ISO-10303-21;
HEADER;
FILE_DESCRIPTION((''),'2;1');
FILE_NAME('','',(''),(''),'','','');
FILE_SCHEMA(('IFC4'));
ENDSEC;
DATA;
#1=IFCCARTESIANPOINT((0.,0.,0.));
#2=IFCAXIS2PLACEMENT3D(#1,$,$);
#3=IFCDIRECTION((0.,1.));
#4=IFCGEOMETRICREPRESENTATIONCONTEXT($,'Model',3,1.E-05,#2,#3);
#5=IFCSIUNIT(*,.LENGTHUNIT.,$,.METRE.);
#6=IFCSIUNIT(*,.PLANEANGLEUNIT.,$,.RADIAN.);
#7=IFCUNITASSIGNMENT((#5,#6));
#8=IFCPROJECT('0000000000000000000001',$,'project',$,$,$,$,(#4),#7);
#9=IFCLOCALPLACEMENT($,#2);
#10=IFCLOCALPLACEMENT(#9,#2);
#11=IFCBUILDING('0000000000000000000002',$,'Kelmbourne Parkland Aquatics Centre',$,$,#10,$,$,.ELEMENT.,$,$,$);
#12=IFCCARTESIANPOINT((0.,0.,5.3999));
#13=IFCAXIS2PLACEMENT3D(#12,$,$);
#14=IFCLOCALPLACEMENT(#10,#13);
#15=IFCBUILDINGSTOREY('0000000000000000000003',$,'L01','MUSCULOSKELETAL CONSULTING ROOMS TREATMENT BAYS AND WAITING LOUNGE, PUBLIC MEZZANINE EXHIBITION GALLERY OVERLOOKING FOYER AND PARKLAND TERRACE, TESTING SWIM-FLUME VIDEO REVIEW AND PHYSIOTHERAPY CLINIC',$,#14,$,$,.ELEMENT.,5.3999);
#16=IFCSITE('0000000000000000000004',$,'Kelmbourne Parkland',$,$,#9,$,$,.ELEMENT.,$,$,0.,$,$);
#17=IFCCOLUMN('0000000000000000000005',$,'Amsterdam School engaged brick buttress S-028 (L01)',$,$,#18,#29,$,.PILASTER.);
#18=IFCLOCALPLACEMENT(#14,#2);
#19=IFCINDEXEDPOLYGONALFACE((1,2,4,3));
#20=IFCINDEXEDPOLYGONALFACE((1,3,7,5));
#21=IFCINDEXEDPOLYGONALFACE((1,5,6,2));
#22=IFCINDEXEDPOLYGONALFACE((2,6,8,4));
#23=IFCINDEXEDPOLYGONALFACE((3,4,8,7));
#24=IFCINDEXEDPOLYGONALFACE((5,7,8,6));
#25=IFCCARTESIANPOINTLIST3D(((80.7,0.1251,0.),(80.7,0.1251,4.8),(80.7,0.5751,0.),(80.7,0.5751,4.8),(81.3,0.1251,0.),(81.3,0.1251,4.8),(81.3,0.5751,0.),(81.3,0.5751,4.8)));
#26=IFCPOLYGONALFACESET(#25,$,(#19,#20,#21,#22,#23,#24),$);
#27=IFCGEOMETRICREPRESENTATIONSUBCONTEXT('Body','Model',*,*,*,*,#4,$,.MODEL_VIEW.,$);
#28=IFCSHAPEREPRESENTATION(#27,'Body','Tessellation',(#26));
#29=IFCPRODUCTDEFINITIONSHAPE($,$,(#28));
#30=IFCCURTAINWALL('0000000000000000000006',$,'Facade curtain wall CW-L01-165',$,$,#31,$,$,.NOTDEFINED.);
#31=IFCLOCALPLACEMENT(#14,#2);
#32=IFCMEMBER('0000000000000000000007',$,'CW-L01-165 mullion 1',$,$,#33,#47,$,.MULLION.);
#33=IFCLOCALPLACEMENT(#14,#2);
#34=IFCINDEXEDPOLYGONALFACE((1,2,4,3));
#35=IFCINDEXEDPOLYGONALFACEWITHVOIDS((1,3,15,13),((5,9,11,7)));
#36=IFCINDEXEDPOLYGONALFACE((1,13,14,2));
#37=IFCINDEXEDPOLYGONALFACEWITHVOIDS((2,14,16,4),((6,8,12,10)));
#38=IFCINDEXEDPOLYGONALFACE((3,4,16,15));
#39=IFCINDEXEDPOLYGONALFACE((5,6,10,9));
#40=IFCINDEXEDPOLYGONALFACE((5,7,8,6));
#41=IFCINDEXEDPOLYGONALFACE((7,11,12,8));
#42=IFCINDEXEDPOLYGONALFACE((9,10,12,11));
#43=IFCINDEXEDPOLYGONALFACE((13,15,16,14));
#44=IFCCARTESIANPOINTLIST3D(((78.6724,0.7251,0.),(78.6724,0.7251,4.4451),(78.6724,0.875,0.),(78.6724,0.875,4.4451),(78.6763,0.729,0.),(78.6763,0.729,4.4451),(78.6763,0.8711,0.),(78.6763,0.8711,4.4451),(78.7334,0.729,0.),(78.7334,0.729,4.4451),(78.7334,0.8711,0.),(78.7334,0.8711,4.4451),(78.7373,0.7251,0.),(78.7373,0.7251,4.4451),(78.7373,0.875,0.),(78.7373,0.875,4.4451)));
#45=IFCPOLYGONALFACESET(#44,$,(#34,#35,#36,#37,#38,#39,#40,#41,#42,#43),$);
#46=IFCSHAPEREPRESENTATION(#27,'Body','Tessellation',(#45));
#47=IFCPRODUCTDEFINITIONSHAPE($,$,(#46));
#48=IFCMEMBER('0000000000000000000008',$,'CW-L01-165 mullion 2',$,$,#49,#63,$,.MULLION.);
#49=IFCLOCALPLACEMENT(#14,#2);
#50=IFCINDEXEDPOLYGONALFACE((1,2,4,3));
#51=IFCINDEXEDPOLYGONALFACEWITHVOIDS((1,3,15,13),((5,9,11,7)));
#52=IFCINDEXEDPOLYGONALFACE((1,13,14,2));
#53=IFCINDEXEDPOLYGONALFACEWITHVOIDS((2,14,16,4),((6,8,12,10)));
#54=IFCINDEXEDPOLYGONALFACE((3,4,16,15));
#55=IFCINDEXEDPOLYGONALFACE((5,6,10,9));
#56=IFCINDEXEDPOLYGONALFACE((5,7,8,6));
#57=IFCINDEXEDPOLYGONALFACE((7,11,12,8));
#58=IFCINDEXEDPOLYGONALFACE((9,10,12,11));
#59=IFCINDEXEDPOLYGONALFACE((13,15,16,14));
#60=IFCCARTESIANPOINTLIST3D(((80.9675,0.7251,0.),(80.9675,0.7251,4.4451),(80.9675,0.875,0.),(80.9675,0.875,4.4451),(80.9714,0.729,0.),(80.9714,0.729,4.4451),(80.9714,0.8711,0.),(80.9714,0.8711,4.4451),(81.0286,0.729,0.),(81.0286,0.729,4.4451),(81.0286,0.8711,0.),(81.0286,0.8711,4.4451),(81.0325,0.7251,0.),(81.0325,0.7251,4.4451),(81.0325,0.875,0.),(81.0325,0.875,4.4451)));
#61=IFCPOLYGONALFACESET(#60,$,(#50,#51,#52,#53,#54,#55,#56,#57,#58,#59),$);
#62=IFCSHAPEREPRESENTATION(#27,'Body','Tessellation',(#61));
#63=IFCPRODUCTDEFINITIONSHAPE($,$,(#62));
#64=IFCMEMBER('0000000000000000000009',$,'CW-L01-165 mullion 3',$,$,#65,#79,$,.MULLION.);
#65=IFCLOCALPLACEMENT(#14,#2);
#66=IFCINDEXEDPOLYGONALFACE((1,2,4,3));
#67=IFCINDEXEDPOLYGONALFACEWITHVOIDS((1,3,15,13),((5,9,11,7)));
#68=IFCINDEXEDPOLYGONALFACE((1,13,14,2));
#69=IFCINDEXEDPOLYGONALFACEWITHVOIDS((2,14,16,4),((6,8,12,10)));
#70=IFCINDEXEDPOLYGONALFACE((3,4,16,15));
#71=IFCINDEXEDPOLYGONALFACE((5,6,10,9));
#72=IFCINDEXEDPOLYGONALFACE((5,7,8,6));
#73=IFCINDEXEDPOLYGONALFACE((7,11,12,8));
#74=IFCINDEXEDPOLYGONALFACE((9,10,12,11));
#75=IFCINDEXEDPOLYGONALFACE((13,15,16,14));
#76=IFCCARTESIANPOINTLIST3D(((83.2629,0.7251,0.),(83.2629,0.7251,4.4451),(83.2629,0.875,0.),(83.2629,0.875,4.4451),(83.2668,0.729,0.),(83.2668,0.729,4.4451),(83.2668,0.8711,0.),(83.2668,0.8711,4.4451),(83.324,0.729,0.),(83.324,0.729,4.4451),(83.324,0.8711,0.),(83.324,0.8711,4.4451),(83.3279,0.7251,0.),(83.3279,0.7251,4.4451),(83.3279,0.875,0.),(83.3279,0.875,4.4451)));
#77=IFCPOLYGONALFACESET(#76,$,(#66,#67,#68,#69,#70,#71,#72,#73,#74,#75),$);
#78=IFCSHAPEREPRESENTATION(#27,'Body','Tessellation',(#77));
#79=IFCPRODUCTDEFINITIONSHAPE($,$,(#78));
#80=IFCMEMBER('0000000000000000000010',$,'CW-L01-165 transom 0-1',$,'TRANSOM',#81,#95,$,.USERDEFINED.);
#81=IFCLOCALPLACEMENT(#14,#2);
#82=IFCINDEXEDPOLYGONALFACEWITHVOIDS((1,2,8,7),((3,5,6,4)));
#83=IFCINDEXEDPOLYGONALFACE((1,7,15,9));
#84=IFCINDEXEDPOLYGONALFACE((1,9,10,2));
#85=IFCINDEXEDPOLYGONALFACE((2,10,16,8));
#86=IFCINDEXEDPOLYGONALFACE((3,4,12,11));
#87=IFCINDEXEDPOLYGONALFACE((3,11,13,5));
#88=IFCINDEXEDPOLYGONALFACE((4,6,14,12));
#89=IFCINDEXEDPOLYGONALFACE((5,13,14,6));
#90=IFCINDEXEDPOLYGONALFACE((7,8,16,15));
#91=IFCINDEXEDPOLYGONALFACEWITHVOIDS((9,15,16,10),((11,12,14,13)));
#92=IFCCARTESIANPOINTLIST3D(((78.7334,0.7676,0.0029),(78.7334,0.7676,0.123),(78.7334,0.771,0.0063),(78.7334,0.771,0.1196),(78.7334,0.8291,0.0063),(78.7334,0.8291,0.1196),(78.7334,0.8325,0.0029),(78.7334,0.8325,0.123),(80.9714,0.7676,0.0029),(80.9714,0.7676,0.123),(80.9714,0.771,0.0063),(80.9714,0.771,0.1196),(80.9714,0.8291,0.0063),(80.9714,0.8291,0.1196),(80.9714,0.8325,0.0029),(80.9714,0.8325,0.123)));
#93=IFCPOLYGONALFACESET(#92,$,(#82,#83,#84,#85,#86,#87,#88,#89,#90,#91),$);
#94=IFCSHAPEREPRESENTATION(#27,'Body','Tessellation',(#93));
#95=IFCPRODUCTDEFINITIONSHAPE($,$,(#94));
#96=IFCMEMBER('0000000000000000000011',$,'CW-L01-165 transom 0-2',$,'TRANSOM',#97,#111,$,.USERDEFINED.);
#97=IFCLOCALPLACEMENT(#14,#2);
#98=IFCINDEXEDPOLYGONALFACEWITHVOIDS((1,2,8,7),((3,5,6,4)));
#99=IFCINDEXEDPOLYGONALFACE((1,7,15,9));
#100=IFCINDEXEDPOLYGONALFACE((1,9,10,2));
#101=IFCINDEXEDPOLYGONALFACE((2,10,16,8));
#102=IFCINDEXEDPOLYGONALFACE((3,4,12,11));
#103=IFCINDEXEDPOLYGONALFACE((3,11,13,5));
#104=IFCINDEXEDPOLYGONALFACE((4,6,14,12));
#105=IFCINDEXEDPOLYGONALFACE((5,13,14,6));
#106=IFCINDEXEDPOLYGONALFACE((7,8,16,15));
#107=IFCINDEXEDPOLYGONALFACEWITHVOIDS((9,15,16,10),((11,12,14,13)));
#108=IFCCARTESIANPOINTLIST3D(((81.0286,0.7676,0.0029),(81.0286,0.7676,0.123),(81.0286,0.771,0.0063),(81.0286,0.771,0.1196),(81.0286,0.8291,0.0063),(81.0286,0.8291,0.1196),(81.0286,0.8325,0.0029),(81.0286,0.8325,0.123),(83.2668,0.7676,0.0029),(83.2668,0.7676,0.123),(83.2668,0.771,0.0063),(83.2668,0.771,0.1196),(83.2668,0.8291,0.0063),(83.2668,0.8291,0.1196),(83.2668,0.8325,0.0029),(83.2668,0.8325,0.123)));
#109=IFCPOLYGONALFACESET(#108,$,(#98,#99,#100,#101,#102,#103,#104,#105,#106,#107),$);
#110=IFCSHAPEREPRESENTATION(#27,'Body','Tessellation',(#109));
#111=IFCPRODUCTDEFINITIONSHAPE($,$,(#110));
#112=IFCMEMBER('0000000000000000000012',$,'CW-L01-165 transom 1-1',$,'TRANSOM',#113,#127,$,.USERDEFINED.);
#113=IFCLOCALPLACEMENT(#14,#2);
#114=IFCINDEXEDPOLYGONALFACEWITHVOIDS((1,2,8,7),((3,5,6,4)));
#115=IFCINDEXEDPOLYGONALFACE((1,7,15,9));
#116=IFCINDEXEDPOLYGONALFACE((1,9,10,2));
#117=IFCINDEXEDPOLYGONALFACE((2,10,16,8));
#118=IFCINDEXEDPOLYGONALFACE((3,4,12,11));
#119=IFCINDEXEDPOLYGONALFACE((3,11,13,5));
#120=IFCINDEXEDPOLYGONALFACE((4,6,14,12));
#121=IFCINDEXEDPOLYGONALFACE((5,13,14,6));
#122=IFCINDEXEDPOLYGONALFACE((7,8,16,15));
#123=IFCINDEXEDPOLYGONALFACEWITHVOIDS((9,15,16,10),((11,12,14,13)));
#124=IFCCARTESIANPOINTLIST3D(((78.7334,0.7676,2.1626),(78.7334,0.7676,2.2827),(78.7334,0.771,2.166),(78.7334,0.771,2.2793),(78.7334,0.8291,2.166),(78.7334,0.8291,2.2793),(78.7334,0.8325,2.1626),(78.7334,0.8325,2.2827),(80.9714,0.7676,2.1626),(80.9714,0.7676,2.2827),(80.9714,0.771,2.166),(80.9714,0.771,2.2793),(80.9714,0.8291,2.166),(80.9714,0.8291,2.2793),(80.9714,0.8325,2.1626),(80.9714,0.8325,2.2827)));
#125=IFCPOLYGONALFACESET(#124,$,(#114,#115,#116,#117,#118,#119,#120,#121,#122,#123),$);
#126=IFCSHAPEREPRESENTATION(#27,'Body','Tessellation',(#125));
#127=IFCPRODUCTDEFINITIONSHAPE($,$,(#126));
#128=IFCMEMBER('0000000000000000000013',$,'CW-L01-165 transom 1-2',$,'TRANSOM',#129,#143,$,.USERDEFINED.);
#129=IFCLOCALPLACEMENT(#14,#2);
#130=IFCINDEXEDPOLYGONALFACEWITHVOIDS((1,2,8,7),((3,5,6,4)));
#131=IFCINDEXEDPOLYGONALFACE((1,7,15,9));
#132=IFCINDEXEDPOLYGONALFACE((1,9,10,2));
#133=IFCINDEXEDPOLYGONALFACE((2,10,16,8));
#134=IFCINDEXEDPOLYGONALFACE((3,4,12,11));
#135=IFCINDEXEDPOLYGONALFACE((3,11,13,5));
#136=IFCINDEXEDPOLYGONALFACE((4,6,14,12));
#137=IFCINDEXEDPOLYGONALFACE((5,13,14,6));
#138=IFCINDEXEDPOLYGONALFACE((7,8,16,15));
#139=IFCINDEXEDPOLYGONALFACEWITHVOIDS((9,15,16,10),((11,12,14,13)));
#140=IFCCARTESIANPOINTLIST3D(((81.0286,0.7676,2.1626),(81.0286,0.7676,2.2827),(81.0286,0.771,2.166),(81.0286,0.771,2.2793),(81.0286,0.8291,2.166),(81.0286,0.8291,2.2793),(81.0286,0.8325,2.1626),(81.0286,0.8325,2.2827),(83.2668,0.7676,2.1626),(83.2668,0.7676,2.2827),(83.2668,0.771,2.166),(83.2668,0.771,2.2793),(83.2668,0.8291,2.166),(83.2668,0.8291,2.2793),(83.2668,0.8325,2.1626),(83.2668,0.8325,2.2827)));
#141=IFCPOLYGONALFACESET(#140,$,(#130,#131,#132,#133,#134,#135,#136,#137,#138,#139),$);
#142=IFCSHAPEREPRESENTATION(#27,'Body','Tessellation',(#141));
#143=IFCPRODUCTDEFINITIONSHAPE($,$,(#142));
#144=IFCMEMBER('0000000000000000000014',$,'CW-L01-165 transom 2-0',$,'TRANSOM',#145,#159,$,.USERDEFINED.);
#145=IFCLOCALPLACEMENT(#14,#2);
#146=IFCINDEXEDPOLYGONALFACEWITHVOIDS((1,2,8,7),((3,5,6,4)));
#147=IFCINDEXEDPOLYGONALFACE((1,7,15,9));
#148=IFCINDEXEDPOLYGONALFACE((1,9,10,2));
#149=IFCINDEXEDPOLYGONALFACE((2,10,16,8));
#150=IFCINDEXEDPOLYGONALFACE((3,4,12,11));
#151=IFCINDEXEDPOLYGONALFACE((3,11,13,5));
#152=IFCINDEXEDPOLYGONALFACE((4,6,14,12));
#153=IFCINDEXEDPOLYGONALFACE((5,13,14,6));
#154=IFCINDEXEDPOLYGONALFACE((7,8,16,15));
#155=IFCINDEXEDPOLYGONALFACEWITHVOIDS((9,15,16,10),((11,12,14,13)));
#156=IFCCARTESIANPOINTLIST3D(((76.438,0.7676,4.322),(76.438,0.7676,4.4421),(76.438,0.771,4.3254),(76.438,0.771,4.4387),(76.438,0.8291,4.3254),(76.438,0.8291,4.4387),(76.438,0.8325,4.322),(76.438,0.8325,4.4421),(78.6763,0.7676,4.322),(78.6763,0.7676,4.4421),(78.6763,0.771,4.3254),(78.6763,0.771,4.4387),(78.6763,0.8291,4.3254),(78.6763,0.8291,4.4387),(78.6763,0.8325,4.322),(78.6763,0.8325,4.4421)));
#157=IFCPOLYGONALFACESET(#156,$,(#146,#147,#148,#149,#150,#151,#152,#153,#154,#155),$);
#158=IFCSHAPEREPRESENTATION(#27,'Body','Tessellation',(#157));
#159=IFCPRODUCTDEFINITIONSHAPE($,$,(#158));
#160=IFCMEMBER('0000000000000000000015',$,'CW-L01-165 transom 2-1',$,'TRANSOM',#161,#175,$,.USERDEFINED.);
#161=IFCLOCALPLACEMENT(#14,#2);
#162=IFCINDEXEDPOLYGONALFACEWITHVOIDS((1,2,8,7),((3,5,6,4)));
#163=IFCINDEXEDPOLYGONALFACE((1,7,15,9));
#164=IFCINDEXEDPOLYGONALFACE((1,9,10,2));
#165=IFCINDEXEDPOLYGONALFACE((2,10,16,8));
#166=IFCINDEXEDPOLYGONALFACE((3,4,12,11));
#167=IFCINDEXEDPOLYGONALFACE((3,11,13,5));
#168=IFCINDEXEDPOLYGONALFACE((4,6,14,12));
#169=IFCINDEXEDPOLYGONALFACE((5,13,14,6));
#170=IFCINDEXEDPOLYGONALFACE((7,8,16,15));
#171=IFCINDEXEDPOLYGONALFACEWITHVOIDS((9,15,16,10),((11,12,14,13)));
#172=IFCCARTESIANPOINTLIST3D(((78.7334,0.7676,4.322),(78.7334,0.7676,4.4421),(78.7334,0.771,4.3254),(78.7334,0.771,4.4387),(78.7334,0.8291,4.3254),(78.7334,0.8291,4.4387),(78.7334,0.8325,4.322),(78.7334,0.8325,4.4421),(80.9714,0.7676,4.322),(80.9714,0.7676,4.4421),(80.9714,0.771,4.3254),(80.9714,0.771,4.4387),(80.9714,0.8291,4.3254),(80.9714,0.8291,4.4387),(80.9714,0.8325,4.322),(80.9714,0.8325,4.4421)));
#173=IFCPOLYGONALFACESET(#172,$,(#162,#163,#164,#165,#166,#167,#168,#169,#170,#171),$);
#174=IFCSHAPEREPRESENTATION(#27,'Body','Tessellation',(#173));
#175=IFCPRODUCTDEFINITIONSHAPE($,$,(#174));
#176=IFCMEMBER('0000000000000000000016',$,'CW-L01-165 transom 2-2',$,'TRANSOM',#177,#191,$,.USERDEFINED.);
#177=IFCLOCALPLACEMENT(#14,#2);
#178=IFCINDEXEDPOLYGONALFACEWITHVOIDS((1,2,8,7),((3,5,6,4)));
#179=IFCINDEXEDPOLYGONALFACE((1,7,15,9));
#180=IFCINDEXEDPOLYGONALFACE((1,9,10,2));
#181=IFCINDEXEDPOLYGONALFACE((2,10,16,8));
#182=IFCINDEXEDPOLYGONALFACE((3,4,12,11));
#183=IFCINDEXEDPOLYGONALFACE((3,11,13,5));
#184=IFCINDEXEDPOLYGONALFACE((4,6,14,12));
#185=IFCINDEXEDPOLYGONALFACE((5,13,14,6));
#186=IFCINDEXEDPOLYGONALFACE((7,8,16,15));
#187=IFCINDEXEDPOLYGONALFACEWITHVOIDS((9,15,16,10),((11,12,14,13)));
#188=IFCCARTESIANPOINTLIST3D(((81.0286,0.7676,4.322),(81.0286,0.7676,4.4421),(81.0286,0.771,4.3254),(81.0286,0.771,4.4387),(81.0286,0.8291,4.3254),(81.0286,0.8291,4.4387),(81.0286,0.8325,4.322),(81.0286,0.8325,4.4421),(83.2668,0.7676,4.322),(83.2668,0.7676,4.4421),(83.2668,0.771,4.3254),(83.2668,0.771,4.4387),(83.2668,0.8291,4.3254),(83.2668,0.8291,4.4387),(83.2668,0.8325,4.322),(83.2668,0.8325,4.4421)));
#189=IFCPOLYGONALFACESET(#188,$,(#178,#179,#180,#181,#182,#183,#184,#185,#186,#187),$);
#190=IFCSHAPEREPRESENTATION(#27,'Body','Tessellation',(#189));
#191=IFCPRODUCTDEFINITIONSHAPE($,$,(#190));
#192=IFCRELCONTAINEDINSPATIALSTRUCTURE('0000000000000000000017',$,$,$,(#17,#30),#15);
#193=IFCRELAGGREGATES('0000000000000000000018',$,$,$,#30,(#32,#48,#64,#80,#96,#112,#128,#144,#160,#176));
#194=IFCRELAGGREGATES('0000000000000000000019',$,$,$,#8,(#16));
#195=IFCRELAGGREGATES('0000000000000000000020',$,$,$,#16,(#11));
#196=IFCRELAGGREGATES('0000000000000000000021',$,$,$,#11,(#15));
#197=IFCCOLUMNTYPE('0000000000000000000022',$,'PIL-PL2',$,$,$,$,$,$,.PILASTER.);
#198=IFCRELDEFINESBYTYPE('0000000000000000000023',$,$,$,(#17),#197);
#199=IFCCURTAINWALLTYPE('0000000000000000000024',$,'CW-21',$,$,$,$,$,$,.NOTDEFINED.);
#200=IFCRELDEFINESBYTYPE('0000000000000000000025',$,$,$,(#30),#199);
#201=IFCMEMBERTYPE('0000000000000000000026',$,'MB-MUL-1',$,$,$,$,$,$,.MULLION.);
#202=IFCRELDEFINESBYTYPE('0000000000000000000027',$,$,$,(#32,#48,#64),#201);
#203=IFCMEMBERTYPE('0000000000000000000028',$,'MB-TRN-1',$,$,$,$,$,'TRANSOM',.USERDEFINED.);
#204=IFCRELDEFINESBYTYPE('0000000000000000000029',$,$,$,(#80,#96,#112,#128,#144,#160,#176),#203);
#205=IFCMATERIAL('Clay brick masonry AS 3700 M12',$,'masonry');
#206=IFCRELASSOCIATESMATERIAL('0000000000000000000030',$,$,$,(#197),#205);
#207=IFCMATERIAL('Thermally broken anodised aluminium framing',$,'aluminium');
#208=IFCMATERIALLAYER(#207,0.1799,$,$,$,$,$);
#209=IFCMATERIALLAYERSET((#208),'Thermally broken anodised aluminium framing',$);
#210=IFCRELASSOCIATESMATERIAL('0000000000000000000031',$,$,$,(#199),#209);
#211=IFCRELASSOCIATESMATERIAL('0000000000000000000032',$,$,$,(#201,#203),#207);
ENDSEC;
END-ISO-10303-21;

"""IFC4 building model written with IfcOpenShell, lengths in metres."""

from ifc_helpers import new_model, si_unit, direction, frame, origin, origin_2d, place, context, subcontext, project, spatial, rectangle, hollow_rectangle, extrude, material, layer, layer_set, material_profile, profile_set, type_object, element, aggregate, save


model = new_model("IFC4")

# Units and contexts
model_context = context("Model", 3, precision=1e-05, world=origin(), true_north=direction((0.0, 1.0)))
body_context = subcontext(model_context, "Body", "Model", "MODEL_VIEW")
ifc_project = project(units=[si_unit("LENGTHUNIT", "METRE"), si_unit("PLANEANGLEUNIT", "RADIAN")], contexts=[model_context])

# Site, building, storey
site_placement = place(None, origin())
site = spatial("IfcSite", under=ifc_project, at=site_placement, Name="Kelmbourne Parkland", CompositionType="ELEMENT", RefElevation=0.0)
building_placement = place(site_placement, origin())
building = spatial("IfcBuilding", under=site, at=building_placement, Name="Kelmbourne Parkland Aquatics Centre", CompositionType="ELEMENT")
storey_placement = place(building_placement, frame((0.0, 0.0, 5.3999)))
storey = spatial("IfcBuildingStorey", under=building, at=storey_placement, Name="L01", Description="MUSCULOSKELETAL CONSULTING ROOMS TREATMENT BAYS AND WAITING LOUNGE, PUBLIC MEZZANINE EXHIBITION GALLERY OVERLOOKING FOYER AND PARKLAND TERRACE, TESTING SWIM-FLUME VIDEO REVIEW AND PHYSIOTHERAPY CLINIC", CompositionType="ELEMENT", Elevation=5.3999)

# Column
ifc_material_1 = material(Name="Clay brick masonry AS 3700 M12", Category="masonry")
ifc_material_profile_1 = material_profile(ifc_material_1, rectangle(XDim=0.45, YDim=0.6001, at=origin_2d()), Name="PIL 450x600")
ifc_profile_set_1 = profile_set([ifc_material_profile_1], Name="Clay brick masonry AS 3700 M12")
column_type = type_object("IfcColumnType", Name="PIL-PL2", PredefinedType="PILASTER", material=ifc_profile_set_1)
column_placement = place(storey_placement, frame((81.0, 0.3501, 0.0), z_axis=(0.0, 0.0, 1.0), x_axis=(0.0, 1.0, 0.0)))
element("IfcColumn", 1, at=column_placement, inside=storey, type_object=column_type, Name="Amsterdam School engaged brick buttress S-028 (L01)", PredefinedType="PILASTER", context=body_context, shape_type="SweptSolid", body=[
    extrude(rectangle(XDim=0.45, YDim=0.6001, at=origin_2d()), origin(), (0.0, 0.0, 1.0), 4.8),
])

# Curtain wall, members
ifc_material_2 = material(Name="Thermally broken anodised aluminium framing", Category="aluminium")
ifc_layer_1 = layer(ifc_material_2, 0.1799)
ifc_layer_set_1 = layer_set([ifc_layer_1], Name="Thermally broken anodised aluminium framing")
curtain_wall_type = type_object("IfcCurtainWallType", Name="CW-21", PredefinedType="NOTDEFINED", material=ifc_layer_set_1)
curtain_wall_placement = place(storey_placement, origin())
curtain_wall = element("IfcCurtainWall", 2, at=curtain_wall_placement, inside=storey, type_object=curtain_wall_type, Name="Facade curtain wall CW-L01-165", PredefinedType="NOTDEFINED")
ifc_material_profile_2 = material_profile(ifc_material_2, hollow_rectangle(XDim=0.0649, YDim=0.1499, WallThickness=0.0039, at=origin_2d()), Name="CW-M 65x150")
ifc_profile_set_2 = profile_set([ifc_material_profile_2], Name="Thermally broken anodised aluminium framing")
member_type_1 = type_object("IfcMemberType", Name="MB-MUL-1", PredefinedType="MULLION", material=ifc_profile_set_2)
member_1_placement = place(storey_placement, frame((78.7048, 0.8, 0.0), z_axis=(0.0, 0.0, 1.0), x_axis=(1.0, 0.0, 0.0)))
member_1 = element("IfcMember", 3, at=member_1_placement, type_object=member_type_1, Name="CW-L01-165 mullion 1", PredefinedType="MULLION", context=body_context, shape_type="SweptSolid", body=[
    extrude(hollow_rectangle(XDim=0.0649, YDim=0.1499, WallThickness=0.0039, at=origin_2d()), origin(), (0.0, 0.0, 1.0), 4.4451),
])
member_2_placement = place(storey_placement, frame((81.0, 0.8, 0.0), z_axis=(0.0, 0.0, 1.0), x_axis=(1.0, 0.0, 0.0)))
member_2 = element("IfcMember", 4, at=member_2_placement, type_object=member_type_1, Name="CW-L01-165 mullion 2", PredefinedType="MULLION", context=body_context, shape_type="SweptSolid", body=[
    extrude(hollow_rectangle(XDim=0.0649, YDim=0.1499, WallThickness=0.0039, at=origin_2d()), origin(), (0.0, 0.0, 1.0), 4.4451),
])
member_3_placement = place(storey_placement, frame((83.2954, 0.8, 0.0), z_axis=(0.0, 0.0, 1.0), x_axis=(1.0, 0.0, 0.0)))
member_3 = element("IfcMember", 5, at=member_3_placement, type_object=member_type_1, Name="CW-L01-165 mullion 3", PredefinedType="MULLION", context=body_context, shape_type="SweptSolid", body=[
    extrude(hollow_rectangle(XDim=0.0649, YDim=0.1499, WallThickness=0.0039, at=origin_2d()), origin(), (0.0, 0.0, 1.0), 4.4451),
])
ifc_material_profile_3 = material_profile(ifc_material_2, hollow_rectangle(XDim=0.0649, YDim=0.1201, WallThickness=0.0034, at=origin_2d()), Name="CW-T 65x120")
ifc_profile_set_3 = profile_set([ifc_material_profile_3], Name="Thermally broken anodised aluminium framing")
member_type_2 = type_object("IfcMemberType", Name="MB-TRN-1", ElementType="TRANSOM", PredefinedType="USERDEFINED", material=ifc_profile_set_3)
member_4_placement = place(storey_placement, frame((78.7334, 0.8, 0.063), z_axis=(1.0, 0.0, 0.0), x_axis=(0.0, 1.0, 0.0)))
member_4 = element("IfcMember", 6, at=member_4_placement, type_object=member_type_2, Name="CW-L01-165 transom 0-1", ObjectType="TRANSOM", PredefinedType="USERDEFINED", context=body_context, shape_type="SweptSolid", body=[
    extrude(hollow_rectangle(XDim=0.0649, YDim=0.1201, WallThickness=0.0034, at=origin_2d()), origin(), (0.0, 0.0, 1.0), 2.238),
])
member_5_placement = place(storey_placement, frame((81.0286, 0.8, 0.063), z_axis=(1.0, 0.0, 0.0), x_axis=(0.0, 1.0, 0.0)))
member_5 = element("IfcMember", 7, at=member_5_placement, type_object=member_type_2, Name="CW-L01-165 transom 0-2", ObjectType="TRANSOM", PredefinedType="USERDEFINED", context=body_context, shape_type="SweptSolid", body=[
    extrude(hollow_rectangle(XDim=0.0649, YDim=0.1201, WallThickness=0.0034, at=origin_2d()), origin(), (0.0, 0.0, 1.0), 2.2383),
])
member_6_placement = place(storey_placement, frame((78.7334, 0.8, 2.2227), z_axis=(1.0, 0.0, 0.0), x_axis=(0.0, 1.0, 0.0)))
member_6 = element("IfcMember", 8, at=member_6_placement, type_object=member_type_2, Name="CW-L01-165 transom 1-1", ObjectType="TRANSOM", PredefinedType="USERDEFINED", context=body_context, shape_type="SweptSolid", body=[
    extrude(hollow_rectangle(XDim=0.0649, YDim=0.1201, WallThickness=0.0034, at=origin_2d()), origin(), (0.0, 0.0, 1.0), 2.238),
])
member_7_placement = place(storey_placement, frame((81.0286, 0.8, 2.2227), z_axis=(1.0, 0.0, 0.0), x_axis=(0.0, 1.0, 0.0)))
member_7 = element("IfcMember", 9, at=member_7_placement, type_object=member_type_2, Name="CW-L01-165 transom 1-2", ObjectType="TRANSOM", PredefinedType="USERDEFINED", context=body_context, shape_type="SweptSolid", body=[
    extrude(hollow_rectangle(XDim=0.0649, YDim=0.1201, WallThickness=0.0034, at=origin_2d()), origin(), (0.0, 0.0, 1.0), 2.2383),
])
member_8_placement = place(storey_placement, frame((76.438, 0.8, 4.3821), z_axis=(1.0, 0.0, 0.0), x_axis=(0.0, 1.0, 0.0)))
member_8 = element("IfcMember", 10, at=member_8_placement, type_object=member_type_2, Name="CW-L01-165 transom 2-0", ObjectType="TRANSOM", PredefinedType="USERDEFINED", context=body_context, shape_type="SweptSolid", body=[
    extrude(hollow_rectangle(XDim=0.0649, YDim=0.1201, WallThickness=0.0034, at=origin_2d()), origin(), (0.0, 0.0, 1.0), 2.2383),
])
member_9_placement = place(storey_placement, frame((78.7334, 0.8, 4.3821), z_axis=(1.0, 0.0, 0.0), x_axis=(0.0, 1.0, 0.0)))
member_9 = element("IfcMember", 11, at=member_9_placement, type_object=member_type_2, Name="CW-L01-165 transom 2-1", ObjectType="TRANSOM", PredefinedType="USERDEFINED", context=body_context, shape_type="SweptSolid", body=[
    extrude(hollow_rectangle(XDim=0.0649, YDim=0.1201, WallThickness=0.0034, at=origin_2d()), origin(), (0.0, 0.0, 1.0), 2.238),
])
member_10_placement = place(storey_placement, frame((81.0286, 0.8, 4.3821), z_axis=(1.0, 0.0, 0.0), x_axis=(0.0, 1.0, 0.0)))
member_10 = element("IfcMember", 12, at=member_10_placement, type_object=member_type_2, Name="CW-L01-165 transom 2-2", ObjectType="TRANSOM", PredefinedType="USERDEFINED", context=body_context, shape_type="SweptSolid", body=[
    extrude(hollow_rectangle(XDim=0.0649, YDim=0.1201, WallThickness=0.0034, at=origin_2d()), origin(), (0.0, 0.0, 1.0), 2.2383),
])
aggregate(curtain_wall, [member_1, member_2, member_3, member_4, member_5, member_6, member_7, member_8, member_9, member_10])

save(model, "model.ifc")
